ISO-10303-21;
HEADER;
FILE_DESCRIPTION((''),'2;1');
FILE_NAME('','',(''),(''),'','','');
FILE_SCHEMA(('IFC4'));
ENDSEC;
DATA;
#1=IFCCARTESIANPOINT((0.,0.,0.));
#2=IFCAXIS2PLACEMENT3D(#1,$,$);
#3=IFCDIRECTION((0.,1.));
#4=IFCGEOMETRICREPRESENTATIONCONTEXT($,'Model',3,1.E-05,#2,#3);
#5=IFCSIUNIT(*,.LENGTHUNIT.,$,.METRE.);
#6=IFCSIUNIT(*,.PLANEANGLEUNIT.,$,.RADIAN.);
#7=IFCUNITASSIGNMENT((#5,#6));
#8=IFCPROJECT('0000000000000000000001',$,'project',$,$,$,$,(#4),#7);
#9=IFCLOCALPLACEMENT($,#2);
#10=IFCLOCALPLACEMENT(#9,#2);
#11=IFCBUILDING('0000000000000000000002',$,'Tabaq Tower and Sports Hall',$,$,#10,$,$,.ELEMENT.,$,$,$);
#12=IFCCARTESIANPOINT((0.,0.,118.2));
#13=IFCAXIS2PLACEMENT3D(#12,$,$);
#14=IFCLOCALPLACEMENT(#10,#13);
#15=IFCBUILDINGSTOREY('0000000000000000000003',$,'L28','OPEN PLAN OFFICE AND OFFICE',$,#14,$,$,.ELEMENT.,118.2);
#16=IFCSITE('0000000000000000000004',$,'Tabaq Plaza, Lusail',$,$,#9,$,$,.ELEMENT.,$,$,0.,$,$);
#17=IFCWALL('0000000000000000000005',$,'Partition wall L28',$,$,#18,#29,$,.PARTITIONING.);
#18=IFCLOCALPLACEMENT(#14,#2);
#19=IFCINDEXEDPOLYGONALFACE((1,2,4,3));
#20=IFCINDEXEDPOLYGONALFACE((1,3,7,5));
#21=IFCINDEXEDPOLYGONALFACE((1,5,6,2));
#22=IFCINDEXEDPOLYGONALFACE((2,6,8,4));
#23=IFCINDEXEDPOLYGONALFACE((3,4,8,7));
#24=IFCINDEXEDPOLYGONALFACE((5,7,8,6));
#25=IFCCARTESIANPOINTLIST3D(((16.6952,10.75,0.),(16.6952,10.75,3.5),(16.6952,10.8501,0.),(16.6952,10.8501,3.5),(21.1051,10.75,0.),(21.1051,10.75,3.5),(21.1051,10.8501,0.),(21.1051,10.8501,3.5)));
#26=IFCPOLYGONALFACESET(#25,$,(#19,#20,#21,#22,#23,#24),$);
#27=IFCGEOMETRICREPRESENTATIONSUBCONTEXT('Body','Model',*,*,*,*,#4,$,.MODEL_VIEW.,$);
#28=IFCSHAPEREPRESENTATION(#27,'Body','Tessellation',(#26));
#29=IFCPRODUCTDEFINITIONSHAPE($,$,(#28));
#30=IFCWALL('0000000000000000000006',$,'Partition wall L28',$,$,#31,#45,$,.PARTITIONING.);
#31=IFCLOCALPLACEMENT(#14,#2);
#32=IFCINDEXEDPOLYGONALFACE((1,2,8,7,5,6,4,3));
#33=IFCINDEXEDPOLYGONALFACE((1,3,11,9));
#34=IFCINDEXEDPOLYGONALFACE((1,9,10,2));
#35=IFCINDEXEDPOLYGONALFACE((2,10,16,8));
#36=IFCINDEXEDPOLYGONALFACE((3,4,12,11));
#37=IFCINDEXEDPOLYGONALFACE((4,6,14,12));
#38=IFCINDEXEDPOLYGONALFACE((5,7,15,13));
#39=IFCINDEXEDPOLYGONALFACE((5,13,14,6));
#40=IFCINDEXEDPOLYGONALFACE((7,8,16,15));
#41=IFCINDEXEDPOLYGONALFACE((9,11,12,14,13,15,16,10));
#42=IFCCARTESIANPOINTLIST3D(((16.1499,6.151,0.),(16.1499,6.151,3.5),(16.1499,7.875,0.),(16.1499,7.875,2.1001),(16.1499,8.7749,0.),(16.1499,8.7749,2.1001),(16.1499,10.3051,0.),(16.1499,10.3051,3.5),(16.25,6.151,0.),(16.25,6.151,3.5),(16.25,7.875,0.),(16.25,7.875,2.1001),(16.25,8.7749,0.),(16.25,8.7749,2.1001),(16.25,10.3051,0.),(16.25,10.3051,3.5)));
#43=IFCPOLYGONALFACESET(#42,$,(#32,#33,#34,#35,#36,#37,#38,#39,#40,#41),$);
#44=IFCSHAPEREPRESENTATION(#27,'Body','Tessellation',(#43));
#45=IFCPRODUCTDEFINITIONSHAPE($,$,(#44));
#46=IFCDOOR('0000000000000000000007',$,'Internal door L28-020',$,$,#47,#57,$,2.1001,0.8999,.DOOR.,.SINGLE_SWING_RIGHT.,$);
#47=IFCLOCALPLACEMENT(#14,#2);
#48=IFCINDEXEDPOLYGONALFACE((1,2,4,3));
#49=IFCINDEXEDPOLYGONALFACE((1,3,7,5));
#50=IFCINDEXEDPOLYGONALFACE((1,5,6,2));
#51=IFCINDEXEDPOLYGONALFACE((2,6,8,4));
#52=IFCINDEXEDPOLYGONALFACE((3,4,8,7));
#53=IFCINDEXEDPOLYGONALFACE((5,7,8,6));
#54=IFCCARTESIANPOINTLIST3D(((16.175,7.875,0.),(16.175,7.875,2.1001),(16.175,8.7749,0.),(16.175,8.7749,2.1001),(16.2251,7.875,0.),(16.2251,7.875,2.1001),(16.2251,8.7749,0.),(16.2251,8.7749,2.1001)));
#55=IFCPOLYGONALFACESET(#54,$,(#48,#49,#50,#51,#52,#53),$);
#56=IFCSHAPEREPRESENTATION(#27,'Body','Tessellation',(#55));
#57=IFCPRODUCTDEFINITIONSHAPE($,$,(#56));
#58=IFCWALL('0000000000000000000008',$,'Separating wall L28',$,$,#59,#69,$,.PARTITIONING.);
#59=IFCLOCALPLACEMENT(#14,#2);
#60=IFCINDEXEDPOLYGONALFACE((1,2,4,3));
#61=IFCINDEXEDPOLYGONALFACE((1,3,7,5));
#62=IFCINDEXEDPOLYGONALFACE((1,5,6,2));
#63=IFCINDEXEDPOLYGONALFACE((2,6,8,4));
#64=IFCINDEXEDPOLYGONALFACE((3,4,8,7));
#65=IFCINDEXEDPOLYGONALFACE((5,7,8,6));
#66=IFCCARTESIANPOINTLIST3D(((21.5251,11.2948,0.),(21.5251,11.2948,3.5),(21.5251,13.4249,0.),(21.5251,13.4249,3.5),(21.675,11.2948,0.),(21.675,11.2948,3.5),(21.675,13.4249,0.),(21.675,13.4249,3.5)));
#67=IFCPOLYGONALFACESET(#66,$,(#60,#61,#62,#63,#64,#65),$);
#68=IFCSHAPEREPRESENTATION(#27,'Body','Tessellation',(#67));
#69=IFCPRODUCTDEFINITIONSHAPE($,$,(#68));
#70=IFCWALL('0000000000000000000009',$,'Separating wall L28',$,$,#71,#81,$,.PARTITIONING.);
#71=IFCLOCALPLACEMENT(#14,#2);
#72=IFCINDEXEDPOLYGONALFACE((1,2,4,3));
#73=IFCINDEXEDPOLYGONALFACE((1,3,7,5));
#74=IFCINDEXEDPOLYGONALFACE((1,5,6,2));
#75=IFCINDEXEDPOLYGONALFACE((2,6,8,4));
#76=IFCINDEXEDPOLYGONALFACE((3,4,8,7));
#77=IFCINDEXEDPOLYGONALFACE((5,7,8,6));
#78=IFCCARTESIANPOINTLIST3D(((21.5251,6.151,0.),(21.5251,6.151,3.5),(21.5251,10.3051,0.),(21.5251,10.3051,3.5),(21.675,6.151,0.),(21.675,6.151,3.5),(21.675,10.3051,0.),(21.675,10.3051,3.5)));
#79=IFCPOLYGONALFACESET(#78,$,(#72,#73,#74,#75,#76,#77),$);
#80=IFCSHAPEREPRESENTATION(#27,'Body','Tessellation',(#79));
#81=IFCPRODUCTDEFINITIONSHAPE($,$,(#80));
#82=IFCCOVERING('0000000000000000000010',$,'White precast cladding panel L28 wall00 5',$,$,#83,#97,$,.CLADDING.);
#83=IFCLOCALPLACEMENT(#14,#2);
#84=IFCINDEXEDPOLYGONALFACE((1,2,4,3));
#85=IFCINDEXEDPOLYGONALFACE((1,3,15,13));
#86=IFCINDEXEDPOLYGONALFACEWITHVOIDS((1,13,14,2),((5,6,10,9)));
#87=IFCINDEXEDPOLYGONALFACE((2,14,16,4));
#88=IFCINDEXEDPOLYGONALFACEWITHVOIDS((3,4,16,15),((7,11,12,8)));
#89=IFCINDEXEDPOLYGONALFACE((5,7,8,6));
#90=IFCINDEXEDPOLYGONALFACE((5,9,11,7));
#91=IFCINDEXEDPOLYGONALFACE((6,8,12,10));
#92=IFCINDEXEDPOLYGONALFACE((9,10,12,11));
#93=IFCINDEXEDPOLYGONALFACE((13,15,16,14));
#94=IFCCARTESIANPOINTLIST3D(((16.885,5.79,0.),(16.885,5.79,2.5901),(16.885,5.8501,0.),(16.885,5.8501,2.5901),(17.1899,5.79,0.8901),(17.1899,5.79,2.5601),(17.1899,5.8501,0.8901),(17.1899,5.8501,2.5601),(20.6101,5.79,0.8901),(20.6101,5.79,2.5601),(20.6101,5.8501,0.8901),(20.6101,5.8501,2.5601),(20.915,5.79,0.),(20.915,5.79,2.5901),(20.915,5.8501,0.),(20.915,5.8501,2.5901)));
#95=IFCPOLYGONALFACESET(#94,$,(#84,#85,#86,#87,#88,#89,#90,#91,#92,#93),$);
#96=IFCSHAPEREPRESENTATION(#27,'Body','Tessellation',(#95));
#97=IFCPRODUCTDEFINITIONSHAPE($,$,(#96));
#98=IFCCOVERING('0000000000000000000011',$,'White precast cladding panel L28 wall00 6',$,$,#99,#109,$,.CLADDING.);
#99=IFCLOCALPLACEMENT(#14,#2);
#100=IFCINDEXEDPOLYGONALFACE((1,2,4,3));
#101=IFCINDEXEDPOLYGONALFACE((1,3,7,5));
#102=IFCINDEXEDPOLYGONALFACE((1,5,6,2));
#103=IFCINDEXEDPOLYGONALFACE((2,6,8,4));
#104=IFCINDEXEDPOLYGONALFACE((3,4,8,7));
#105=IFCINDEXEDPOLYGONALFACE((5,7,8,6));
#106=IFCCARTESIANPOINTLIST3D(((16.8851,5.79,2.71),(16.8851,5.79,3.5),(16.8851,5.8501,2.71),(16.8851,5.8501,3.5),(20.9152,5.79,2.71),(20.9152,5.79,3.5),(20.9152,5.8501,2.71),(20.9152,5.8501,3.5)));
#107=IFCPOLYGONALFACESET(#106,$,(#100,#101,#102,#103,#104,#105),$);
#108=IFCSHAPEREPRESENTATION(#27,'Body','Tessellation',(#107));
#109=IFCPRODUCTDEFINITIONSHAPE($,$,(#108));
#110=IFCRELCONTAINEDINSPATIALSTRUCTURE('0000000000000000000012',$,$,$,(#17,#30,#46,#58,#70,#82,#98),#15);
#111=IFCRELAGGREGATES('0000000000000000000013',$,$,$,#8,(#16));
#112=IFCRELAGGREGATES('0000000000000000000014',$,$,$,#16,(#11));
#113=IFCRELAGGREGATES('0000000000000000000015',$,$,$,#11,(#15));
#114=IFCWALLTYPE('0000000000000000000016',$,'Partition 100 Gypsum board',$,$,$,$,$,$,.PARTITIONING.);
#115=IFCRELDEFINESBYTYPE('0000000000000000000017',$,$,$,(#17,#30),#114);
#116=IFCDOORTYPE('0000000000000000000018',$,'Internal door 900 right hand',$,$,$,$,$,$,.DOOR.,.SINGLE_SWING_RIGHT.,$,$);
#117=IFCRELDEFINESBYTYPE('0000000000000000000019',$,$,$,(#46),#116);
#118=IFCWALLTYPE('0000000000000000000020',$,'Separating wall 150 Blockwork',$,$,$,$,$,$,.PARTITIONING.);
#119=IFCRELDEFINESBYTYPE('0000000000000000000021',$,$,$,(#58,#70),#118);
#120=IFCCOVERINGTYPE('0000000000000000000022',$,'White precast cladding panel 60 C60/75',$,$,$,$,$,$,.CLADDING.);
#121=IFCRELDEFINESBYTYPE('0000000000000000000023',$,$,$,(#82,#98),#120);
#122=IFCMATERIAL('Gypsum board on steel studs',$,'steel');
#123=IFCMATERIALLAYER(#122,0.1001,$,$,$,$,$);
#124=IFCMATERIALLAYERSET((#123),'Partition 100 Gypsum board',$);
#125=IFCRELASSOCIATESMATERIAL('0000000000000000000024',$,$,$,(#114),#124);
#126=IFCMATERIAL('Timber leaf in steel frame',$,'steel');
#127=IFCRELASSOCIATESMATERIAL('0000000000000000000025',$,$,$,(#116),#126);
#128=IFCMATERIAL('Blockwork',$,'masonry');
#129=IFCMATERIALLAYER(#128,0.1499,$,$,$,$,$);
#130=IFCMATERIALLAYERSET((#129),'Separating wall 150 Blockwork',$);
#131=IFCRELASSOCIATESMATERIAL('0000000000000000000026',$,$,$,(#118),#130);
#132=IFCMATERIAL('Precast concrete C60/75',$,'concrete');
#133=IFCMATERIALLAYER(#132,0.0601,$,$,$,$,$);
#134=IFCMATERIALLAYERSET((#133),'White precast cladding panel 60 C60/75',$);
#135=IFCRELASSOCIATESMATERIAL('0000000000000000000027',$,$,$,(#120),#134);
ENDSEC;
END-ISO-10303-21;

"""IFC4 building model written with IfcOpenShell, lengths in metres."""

from ifc_helpers import new_model, si_unit, direction, frame, frame_2d, origin, place, context, subcontext, project, spatial, polyline, rectangle, outline, extrude, material, layer, layer_set, type_object, element, fill, save


model = new_model("IFC4")

# Units and contexts
model_context = context("Model", 3, precision=1e-05, world=origin(), true_north=direction((0.0, 1.0)))
body_context = subcontext(model_context, "Body", "Model", "MODEL_VIEW")
ifc_project = project(units=[si_unit("LENGTHUNIT", "METRE"), si_unit("PLANEANGLEUNIT", "RADIAN")], contexts=[model_context])

# Site, building, storey
site_placement = place(None, origin())
site = spatial("IfcSite", under=ifc_project, at=site_placement, Name="Tabaq Plaza, Lusail", CompositionType="ELEMENT", RefElevation=0.0)
building_placement = place(site_placement, origin())
building = spatial("IfcBuilding", under=site, at=building_placement, Name="Tabaq Tower and Sports Hall", CompositionType="ELEMENT")
storey_placement = place(building_placement, frame((0.0, 0.0, 118.2)))
storey = spatial("IfcBuildingStorey", under=building, at=storey_placement, Name="L28", Description="OPEN PLAN OFFICE AND OFFICE", CompositionType="ELEMENT", Elevation=118.2)

# Shared definitions
ifc_material_1 = material(Name="Gypsum board on steel studs", Category="steel")
ifc_layer_1 = layer(ifc_material_1, 0.1001)
ifc_layer_set_1 = layer_set([ifc_layer_1], Name="Partition 100 Gypsum board")
wall_type_1 = type_object("IfcWallType", Name="Partition 100 Gypsum board", PredefinedType="PARTITIONING", material=ifc_layer_set_1)

# Wall
wall_1_placement = place(storey_placement, frame((16.6951, 10.8, 0.0), z_axis=(0.0, 0.0, 1.0), x_axis=(1.0, 0.0, 0.0)))
element("IfcWall", 1, at=wall_1_placement, inside=storey, type_object=wall_type_1, Name="Partition wall L28", PredefinedType="PARTITIONING", context=body_context, shape_type="SweptSolid", body=[
    extrude(rectangle(XDim=4.4099, YDim=0.1001, at=frame_2d((2.2051, 0.0))), origin(), (0.0, 0.0, 1.0), 3.5),
])

# Wall, opening, door
wall_2_placement = place(storey_placement, frame((16.2, 6.1509, 0.0), z_axis=(0.0, 0.0, 1.0), x_axis=(0.0, 1.0, 0.0)))
wall_2 = element("IfcWall", 2, at=wall_2_placement, inside=storey, type_object=wall_type_1, Name="Partition wall L28", PredefinedType="PARTITIONING", context=body_context, shape_type="SweptSolid", body=[
    extrude(rectangle(XDim=4.1541, YDim=0.1001, at=frame_2d((2.0771, 0.0))), origin(), (0.0, 0.0, 1.0), 3.5),
])
opening_1_placement = place(wall_2_placement, frame((1.7241, 0.0, 0.0)))
opening_1 = element("IfcOpeningElement", 3, at=opening_1_placement, cuts=wall_2, PredefinedType="OPENING", context=body_context, shape_type="SweptSolid", body=[
    extrude(rectangle(XDim=0.8999, YDim=2.1001, at=frame_2d((0.45, 1.05))), frame((0.0, 0.05, 0.0), z_axis=(0.0, -1.0, 0.0), x_axis=(1.0, 0.0, 0.0)), (0.0, 0.0, 1.0), 0.1001),
])
ifc_material_2 = material(Name="Timber leaf in steel frame", Category="steel")
door_type_1 = type_object("IfcDoorType", Name="Internal door 900 right hand", OperationType="SINGLE_SWING_RIGHT", PredefinedType="DOOR", material=ifc_material_2)
door_1_placement = place(opening_1_placement, origin())
door_1 = element("IfcDoor", 4, at=door_1_placement, inside=storey, type_object=door_type_1, Name="Internal door L28-020", OperationType="SINGLE_SWING_RIGHT", OverallHeight=2.1001, OverallWidth=0.8999, PredefinedType="DOOR", context=body_context, shape_type="SweptSolid", body=[
    extrude(rectangle(XDim=0.8999, YDim=2.1001, at=frame_2d((0.45, 1.05))), frame((0.0, 0.0249, 0.0), z_axis=(0.0, -1.0, 0.0), x_axis=(1.0, 0.0, 0.0)), (0.0, 0.0, 1.0), 0.05),
])
fill(opening_1, door_1)

# Walls
ifc_material_3 = material(Name="Blockwork", Category="masonry")
ifc_layer_2 = layer(ifc_material_3, 0.1499)
ifc_layer_set_2 = layer_set([ifc_layer_2], Name="Separating wall 150 Blockwork")
wall_type_2 = type_object("IfcWallType", Name="Separating wall 150 Blockwork", PredefinedType="PARTITIONING", material=ifc_layer_set_2)
wall_3_placement = place(storey_placement, frame((21.6001, 11.2949, 0.0), z_axis=(0.0, 0.0, 1.0), x_axis=(0.0, 1.0, 0.0)))
element("IfcWall", 5, at=wall_3_placement, inside=storey, type_object=wall_type_2, Name="Separating wall L28", PredefinedType="PARTITIONING", context=body_context, shape_type="SweptSolid", body=[
    extrude(rectangle(XDim=2.1301, YDim=0.1499, at=frame_2d((1.0649, 0.0))), origin(), (0.0, 0.0, 1.0), 3.5),
])
wall_4_placement = place(storey_placement, frame((21.6001, 6.1509, 0.0), z_axis=(0.0, 0.0, 1.0), x_axis=(0.0, 1.0, 0.0)))
element("IfcWall", 6, at=wall_4_placement, inside=storey, type_object=wall_type_2, Name="Separating wall L28", PredefinedType="PARTITIONING", context=body_context, shape_type="SweptSolid", body=[
    extrude(rectangle(XDim=4.1541, YDim=0.1499, at=frame_2d((2.0771, 0.0))), origin(), (0.0, 0.0, 1.0), 3.5),
])

# Coverings
ifc_material_4 = material(Name="Precast concrete C60/75", Category="concrete")
ifc_layer_3 = layer(ifc_material_4, 0.0601)
ifc_layer_set_3 = layer_set([ifc_layer_3], Name="White precast cladding panel 60 C60/75")
covering_type = type_object("IfcCoveringType", Name="White precast cladding panel 60 C60/75", PredefinedType="CLADDING", material=ifc_layer_set_3)
covering_1_placement = place(storey_placement, frame((16.885, 5.8201, 0.0), z_axis=(0.0, 0.0, 1.0), x_axis=(1.0, 0.0, 0.0)))
element("IfcCovering", 7, at=covering_1_placement, inside=storey, type_object=covering_type, Name="White precast cladding panel L28 wall00 5", PredefinedType="CLADDING", context=body_context, shape_type="SweptSolid", body=[
    extrude(outline(polyline([(0.0, 0.0), (4.03, 0.0), (4.03, 2.5901), (0.0, 2.5901), (0.0, 0.0)]), holes=[polyline([(3.7251, 0.8901), (0.3049, 0.8901), (0.3049, 2.5601), (3.7251, 2.5601), (3.7251, 0.8901)])]), frame((0.0, 0.03, 0.0), z_axis=(0.0, -1.0, 0.0), x_axis=(1.0, 0.0, 0.0)), (0.0, 0.0, 1.0), 0.0601),
])
covering_2_placement = place(storey_placement, frame((16.885, 5.8201, 2.71), z_axis=(0.0, 0.0, 1.0), x_axis=(1.0, 0.0, 0.0)))
element("IfcCovering", 8, at=covering_2_placement, inside=storey, type_object=covering_type, Name="White precast cladding panel L28 wall00 6", PredefinedType="CLADDING", context=body_context, shape_type="SweptSolid", body=[
    extrude(rectangle(XDim=4.03, YDim=0.0601, at=frame_2d((2.0151, 0.0))), origin(), (0.0, 0.0, 1.0), 0.79),
])

save(model, "model.ifc")
